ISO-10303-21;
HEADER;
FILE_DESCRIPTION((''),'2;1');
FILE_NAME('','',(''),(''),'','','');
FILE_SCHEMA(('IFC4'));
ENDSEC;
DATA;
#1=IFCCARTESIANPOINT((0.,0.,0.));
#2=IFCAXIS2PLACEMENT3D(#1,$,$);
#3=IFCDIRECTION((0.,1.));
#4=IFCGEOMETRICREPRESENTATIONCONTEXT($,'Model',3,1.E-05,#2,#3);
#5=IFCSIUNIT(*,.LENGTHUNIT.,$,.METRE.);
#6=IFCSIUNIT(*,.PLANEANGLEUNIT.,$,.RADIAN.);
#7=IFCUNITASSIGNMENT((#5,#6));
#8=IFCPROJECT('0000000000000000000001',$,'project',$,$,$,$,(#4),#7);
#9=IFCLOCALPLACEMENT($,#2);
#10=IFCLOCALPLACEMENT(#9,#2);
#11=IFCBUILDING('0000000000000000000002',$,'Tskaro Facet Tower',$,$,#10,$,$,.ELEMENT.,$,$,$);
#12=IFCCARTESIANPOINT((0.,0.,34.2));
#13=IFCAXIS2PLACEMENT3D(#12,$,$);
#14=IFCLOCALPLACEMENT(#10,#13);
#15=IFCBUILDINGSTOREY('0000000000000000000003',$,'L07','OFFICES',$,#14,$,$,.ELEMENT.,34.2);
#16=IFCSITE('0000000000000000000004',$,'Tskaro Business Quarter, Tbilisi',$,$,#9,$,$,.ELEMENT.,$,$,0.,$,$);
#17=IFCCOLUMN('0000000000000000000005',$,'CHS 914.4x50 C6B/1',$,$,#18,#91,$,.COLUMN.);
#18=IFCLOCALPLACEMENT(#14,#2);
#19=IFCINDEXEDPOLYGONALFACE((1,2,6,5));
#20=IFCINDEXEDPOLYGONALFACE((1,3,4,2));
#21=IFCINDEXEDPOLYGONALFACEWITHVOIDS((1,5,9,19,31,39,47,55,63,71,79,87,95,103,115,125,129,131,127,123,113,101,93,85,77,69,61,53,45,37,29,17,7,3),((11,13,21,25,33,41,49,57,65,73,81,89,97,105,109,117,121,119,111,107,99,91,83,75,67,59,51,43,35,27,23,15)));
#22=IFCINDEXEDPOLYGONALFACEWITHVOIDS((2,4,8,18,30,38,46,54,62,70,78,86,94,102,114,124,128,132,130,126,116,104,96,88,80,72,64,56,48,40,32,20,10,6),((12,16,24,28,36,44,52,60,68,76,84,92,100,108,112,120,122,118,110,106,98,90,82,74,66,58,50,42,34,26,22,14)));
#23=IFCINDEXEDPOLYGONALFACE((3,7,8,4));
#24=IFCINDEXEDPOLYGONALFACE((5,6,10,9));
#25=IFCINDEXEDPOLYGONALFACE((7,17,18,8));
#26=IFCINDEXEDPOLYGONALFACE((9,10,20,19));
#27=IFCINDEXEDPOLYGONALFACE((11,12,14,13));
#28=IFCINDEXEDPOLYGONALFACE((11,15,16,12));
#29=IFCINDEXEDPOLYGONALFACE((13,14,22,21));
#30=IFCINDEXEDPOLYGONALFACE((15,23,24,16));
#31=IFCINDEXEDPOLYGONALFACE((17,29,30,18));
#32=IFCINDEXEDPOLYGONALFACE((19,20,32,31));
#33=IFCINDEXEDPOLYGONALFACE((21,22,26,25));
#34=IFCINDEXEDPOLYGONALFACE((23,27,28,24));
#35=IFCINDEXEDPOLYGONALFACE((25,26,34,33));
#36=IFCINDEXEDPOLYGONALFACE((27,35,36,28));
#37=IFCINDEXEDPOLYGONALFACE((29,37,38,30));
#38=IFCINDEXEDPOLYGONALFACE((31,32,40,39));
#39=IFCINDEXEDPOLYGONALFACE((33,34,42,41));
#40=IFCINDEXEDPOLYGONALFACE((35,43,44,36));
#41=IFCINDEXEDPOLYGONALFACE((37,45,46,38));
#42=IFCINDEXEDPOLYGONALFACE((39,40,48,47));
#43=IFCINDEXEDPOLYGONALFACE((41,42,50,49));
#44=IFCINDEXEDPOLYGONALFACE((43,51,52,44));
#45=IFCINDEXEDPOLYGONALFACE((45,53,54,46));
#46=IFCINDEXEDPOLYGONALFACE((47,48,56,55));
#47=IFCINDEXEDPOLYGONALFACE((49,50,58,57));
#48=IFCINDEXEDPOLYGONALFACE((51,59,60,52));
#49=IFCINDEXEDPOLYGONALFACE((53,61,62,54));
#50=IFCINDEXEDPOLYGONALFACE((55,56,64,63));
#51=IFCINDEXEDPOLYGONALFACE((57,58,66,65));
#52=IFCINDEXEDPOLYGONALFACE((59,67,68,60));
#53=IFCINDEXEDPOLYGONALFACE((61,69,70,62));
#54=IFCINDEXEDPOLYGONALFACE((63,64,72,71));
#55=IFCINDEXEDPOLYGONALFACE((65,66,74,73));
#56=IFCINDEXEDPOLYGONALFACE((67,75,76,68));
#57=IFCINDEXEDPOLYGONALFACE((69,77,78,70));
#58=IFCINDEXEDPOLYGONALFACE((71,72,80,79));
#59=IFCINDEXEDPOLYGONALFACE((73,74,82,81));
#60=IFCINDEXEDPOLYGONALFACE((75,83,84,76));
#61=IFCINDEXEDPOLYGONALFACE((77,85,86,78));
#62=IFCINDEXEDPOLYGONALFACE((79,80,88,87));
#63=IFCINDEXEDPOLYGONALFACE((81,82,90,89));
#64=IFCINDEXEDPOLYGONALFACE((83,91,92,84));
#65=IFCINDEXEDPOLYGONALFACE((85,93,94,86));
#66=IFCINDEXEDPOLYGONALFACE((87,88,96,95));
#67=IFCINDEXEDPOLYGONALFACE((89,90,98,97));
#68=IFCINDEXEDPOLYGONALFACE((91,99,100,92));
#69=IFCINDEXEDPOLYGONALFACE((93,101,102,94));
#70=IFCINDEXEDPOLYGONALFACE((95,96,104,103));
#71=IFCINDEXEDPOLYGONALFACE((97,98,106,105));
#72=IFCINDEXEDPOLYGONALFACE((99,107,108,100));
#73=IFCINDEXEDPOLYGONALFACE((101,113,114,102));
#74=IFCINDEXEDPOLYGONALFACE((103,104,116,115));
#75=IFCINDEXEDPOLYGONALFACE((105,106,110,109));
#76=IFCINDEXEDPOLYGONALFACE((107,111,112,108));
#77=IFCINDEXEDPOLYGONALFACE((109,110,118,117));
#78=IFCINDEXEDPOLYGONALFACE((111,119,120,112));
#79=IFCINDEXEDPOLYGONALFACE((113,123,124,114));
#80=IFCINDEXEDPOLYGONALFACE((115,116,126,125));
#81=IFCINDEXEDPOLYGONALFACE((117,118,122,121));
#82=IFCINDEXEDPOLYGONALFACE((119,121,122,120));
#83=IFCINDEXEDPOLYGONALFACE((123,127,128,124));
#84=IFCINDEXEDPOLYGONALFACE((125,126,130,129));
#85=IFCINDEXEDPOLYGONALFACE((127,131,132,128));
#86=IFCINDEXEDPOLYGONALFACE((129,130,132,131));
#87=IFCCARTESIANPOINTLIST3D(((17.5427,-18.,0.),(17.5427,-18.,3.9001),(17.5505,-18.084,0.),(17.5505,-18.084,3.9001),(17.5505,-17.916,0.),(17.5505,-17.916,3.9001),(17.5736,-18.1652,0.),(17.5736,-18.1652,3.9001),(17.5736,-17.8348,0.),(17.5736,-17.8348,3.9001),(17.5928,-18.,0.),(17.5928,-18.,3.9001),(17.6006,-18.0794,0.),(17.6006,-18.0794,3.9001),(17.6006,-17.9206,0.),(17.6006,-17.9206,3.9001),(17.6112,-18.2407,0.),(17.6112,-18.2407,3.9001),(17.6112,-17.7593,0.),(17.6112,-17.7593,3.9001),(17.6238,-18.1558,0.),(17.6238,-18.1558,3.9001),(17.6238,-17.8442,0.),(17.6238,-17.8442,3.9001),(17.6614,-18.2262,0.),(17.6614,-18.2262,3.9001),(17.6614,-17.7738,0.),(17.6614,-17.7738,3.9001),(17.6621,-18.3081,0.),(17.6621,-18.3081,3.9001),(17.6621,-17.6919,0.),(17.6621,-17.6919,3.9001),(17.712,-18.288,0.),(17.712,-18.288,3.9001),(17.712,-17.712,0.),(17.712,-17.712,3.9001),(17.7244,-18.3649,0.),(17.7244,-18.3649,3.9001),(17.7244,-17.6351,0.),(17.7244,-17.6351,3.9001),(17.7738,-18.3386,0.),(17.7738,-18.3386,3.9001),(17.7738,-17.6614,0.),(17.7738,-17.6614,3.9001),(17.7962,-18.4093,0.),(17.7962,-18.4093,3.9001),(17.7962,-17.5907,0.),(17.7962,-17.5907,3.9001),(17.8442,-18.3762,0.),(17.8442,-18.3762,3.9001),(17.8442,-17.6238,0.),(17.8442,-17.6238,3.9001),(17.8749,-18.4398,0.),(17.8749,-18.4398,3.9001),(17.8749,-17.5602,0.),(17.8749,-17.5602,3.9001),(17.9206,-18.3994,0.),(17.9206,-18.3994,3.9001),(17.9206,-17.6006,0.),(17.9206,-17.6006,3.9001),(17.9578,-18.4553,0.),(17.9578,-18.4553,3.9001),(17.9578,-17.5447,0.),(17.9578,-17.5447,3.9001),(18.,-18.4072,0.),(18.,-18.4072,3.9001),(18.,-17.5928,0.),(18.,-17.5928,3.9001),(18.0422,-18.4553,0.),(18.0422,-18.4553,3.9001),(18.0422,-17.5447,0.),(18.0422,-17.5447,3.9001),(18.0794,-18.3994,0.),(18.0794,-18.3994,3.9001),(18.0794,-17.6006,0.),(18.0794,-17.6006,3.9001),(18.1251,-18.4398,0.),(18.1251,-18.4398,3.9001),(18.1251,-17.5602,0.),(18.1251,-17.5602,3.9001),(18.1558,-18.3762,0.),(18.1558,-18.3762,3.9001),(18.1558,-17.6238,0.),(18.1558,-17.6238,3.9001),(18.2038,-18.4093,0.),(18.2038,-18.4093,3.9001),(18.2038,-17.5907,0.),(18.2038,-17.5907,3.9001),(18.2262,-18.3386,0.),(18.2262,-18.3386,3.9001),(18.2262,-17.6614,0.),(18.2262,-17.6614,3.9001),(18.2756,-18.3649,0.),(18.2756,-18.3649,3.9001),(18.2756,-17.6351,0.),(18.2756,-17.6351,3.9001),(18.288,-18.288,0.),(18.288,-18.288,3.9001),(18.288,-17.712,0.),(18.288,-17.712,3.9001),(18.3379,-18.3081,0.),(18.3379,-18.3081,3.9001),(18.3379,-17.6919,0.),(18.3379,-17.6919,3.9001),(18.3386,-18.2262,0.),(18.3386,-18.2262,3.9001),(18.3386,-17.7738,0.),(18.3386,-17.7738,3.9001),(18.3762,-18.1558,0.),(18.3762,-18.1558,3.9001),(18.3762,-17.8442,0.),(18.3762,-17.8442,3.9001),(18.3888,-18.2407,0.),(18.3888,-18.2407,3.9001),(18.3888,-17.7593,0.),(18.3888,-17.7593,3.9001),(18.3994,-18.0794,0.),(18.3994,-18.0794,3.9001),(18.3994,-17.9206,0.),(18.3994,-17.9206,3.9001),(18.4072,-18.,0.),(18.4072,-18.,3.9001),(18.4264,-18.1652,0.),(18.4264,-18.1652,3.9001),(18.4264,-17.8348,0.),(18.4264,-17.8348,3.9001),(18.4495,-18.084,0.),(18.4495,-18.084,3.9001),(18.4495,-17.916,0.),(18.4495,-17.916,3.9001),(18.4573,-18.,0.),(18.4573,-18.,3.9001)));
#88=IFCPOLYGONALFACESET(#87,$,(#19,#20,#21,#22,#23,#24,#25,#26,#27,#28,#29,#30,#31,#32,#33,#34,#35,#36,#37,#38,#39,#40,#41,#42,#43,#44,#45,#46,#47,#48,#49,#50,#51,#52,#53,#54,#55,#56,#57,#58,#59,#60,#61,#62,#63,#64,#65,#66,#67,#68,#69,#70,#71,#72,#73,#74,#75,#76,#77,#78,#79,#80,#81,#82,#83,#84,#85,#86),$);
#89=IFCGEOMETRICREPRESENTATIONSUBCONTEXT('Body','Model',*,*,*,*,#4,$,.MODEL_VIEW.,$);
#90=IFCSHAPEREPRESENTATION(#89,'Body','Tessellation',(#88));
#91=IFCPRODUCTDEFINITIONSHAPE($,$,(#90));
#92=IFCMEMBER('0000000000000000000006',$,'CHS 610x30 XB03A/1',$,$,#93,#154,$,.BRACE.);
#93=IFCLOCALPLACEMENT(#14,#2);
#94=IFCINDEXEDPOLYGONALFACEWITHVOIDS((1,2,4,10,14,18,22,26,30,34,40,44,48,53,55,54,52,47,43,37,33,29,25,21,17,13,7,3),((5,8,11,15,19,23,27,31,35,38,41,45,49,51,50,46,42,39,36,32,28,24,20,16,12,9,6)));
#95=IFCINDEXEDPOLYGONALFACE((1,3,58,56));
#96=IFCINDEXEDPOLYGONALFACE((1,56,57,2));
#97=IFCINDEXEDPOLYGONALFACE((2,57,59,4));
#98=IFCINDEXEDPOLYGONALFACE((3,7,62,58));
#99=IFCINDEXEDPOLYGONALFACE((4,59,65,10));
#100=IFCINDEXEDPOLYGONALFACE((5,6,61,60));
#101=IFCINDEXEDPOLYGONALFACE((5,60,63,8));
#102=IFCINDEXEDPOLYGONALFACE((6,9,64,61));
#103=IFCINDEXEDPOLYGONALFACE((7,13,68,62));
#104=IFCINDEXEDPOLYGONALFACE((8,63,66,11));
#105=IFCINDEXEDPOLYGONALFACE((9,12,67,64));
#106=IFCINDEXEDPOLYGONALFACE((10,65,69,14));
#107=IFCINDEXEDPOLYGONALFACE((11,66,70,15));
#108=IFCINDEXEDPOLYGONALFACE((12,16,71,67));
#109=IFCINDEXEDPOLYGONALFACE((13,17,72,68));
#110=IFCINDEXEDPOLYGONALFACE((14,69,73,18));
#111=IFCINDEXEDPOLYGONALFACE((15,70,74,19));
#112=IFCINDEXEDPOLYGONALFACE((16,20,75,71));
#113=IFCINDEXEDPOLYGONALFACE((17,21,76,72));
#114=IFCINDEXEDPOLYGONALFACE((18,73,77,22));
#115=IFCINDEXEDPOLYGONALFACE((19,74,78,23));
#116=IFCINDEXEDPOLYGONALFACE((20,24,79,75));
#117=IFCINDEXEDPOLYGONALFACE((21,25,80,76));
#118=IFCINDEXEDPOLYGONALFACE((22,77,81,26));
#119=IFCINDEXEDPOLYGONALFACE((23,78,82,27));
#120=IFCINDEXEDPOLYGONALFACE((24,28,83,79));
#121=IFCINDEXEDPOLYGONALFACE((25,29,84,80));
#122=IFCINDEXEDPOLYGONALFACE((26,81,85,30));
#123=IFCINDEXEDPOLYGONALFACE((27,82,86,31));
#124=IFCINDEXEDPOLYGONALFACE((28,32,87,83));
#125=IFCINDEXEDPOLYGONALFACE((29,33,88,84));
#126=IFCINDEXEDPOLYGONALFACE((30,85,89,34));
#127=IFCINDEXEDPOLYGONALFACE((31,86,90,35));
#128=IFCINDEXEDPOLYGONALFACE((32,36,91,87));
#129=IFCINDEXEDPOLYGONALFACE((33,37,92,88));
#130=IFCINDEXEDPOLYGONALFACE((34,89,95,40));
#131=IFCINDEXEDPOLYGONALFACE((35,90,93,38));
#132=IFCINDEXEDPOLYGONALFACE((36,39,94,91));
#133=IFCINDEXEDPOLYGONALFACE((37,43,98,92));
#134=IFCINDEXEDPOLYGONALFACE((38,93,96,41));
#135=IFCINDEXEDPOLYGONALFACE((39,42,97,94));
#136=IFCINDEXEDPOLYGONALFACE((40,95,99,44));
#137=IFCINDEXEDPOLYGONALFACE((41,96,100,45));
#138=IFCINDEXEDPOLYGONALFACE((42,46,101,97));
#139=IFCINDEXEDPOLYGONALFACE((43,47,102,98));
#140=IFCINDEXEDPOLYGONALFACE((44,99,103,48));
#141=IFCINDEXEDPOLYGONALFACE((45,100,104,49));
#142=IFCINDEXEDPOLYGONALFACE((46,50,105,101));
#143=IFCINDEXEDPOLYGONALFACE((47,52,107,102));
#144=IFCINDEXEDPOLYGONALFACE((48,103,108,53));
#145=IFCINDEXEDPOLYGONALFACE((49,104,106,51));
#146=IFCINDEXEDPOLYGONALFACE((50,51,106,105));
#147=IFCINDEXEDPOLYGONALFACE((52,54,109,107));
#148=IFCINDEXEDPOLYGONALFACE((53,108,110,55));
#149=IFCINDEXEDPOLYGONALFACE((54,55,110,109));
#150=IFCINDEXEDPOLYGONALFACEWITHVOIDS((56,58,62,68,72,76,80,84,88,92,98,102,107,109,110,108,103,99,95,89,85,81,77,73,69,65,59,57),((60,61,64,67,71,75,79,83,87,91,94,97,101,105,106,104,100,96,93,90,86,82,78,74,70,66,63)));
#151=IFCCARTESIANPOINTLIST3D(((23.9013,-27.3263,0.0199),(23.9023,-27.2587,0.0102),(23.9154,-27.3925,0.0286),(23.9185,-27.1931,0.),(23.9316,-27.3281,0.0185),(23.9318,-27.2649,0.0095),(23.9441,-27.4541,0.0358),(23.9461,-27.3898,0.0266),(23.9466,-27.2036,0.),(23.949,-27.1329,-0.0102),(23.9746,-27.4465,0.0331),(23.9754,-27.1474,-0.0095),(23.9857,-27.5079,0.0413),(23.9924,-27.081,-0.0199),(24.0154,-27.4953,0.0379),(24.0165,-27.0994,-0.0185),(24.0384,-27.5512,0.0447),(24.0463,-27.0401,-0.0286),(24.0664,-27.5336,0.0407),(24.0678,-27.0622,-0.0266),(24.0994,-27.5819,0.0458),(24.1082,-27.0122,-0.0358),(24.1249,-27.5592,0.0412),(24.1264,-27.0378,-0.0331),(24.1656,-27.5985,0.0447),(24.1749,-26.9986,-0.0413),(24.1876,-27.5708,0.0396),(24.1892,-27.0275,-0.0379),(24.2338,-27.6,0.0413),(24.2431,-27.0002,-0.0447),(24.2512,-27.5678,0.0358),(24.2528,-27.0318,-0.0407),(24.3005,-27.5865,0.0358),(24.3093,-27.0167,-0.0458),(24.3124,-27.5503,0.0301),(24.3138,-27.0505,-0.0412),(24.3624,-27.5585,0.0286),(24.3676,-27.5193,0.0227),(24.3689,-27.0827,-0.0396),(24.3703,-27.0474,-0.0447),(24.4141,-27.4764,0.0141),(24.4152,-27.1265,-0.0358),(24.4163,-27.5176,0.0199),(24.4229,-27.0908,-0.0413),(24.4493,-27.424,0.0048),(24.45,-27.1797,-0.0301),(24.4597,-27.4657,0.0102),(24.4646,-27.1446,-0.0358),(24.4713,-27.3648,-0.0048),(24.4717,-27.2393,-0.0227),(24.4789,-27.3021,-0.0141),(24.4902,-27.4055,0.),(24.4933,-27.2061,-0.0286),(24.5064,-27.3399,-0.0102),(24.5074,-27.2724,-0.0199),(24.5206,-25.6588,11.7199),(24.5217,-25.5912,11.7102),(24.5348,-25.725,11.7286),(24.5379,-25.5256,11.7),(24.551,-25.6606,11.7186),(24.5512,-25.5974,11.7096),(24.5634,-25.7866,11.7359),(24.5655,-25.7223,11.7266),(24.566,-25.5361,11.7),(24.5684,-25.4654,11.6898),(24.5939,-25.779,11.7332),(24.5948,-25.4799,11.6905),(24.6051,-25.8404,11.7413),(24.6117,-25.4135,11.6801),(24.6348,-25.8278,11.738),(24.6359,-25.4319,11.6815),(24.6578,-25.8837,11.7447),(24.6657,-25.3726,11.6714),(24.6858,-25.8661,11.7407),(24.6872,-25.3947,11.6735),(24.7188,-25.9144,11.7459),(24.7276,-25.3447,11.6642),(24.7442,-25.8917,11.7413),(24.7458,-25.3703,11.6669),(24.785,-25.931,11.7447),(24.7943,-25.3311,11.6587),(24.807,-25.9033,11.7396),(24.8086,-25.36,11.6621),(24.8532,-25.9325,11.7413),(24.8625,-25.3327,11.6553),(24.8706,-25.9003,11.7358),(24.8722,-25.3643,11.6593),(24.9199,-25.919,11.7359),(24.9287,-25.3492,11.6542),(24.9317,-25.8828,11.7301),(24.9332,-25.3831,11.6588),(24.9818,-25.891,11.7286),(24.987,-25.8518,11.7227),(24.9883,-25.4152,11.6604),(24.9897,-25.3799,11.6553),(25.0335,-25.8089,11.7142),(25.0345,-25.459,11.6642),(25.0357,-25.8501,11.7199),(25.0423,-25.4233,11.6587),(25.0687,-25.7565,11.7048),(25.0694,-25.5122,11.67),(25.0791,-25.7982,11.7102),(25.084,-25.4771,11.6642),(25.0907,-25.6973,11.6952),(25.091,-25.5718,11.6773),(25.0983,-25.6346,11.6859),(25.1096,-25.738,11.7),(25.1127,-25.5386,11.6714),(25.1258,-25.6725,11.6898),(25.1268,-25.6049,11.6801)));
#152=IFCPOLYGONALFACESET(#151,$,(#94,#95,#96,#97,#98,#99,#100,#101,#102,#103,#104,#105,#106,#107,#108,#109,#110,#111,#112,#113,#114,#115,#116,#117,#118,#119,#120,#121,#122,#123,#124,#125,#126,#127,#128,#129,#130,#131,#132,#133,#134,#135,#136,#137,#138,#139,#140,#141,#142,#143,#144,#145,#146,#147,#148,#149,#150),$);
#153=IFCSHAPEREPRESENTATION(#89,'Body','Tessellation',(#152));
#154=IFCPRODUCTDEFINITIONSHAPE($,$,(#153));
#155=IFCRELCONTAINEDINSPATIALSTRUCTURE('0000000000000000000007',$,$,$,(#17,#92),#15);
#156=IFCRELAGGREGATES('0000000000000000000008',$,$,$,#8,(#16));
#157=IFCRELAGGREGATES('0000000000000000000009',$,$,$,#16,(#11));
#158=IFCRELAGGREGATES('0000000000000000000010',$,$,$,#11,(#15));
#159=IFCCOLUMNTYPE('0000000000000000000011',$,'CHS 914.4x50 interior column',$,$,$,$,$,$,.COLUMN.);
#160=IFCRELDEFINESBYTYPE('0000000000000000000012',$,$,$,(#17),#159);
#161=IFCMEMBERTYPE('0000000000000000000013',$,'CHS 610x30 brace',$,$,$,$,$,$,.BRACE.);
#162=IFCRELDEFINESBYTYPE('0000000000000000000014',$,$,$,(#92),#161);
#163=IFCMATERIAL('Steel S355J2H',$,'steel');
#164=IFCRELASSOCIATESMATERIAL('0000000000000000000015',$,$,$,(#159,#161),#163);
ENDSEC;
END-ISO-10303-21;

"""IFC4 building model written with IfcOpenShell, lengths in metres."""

from ifc_helpers import new_model, si_unit, direction, frame, origin, origin_2d, place, context, subcontext, project, spatial, hollow_circle, extrude, material, material_profile, profile_set, type_object, element, save


model = new_model("IFC4")

# Units and contexts
model_context = context("Model", 3, precision=1e-05, world=origin(), true_north=direction((0.0, 1.0)))
body_context = subcontext(model_context, "Body", "Model", "MODEL_VIEW")
ifc_project = project(units=[si_unit("LENGTHUNIT", "METRE"), si_unit("PLANEANGLEUNIT", "RADIAN")], contexts=[model_context])

# Site, building, storey
site_placement = place(None, origin())
site = spatial("IfcSite", under=ifc_project, at=site_placement, Name="Tskaro Business Quarter, Tbilisi", CompositionType="ELEMENT", RefElevation=0.0)
building_placement = place(site_placement, origin())
building = spatial("IfcBuilding", under=site, at=building_placement, Name="Tskaro Facet Tower", CompositionType="ELEMENT")
storey_placement = place(building_placement, frame((0.0, 0.0, 34.2)))
storey = spatial("IfcBuildingStorey", under=building, at=storey_placement, Name="L07", Description="OFFICES", CompositionType="ELEMENT", Elevation=34.2)

# Column
ifc_material_1 = material(Name="Steel S355J2H", Category="steel")
ifc_material_profile_1 = material_profile(ifc_material_1, hollow_circle(Radius=0.4573, WallThickness=0.05, at=origin_2d()), Name="CHS 914.4x50")
ifc_profile_set_1 = profile_set([ifc_material_profile_1], Name="Steel S355J2H")
column_type_1 = type_object("IfcColumnType", Name="CHS 914.4x50 interior column", PredefinedType="COLUMN", material=ifc_profile_set_1)
column_placement = place(storey_placement, frame((18.0, -18.0, 0.0), z_axis=(0.0, 0.0, 1.0), x_axis=(1.0, 0.0, 0.0)))
element("IfcColumn", 1, at=column_placement, inside=storey, type_object=column_type_1, Name="CHS 914.4x50 C6B/1", PredefinedType="COLUMN", context=body_context, shape_type="SweptSolid", body=[
    extrude(hollow_circle(Radius=0.4573, WallThickness=0.05, at=origin_2d()), origin(), (0.0, 0.0, 1.0), 3.9001),
])

# Member
ifc_material_profile_2 = material_profile(ifc_material_1, hollow_circle(Radius=0.3049, WallThickness=0.03, at=origin_2d()), Name="CHS 610x30")
ifc_profile_set_2 = profile_set([ifc_material_profile_2], Name="Steel S355J2H")
member_type_1 = type_object("IfcMemberType", Name="CHS 610x30 brace", PredefinedType="BRACE", material=ifc_profile_set_2)
for number, where, z_axis, x_axis, name in (
    (2, (24.2043, -27.2993, 0.0), (0.052338, 0.140901, 0.988639), (-0.937419, 0.348204, 0.0), "CHS 610x30 XB03A/1"),
):
    element("IfcMember", number, at=place(storey_placement, frame(where, z_axis=z_axis, x_axis=x_axis)), inside=storey, type_object=member_type_1, Name=name, PredefinedType="BRACE", context=body_context, shape_type="SweptSolid", body=[
        extrude(hollow_circle(Radius=0.3049, WallThickness=0.03, at=origin_2d()), origin(), (0.0, 0.0, 1.0), 11.8345),
    ])

save(model, "model.ifc")
